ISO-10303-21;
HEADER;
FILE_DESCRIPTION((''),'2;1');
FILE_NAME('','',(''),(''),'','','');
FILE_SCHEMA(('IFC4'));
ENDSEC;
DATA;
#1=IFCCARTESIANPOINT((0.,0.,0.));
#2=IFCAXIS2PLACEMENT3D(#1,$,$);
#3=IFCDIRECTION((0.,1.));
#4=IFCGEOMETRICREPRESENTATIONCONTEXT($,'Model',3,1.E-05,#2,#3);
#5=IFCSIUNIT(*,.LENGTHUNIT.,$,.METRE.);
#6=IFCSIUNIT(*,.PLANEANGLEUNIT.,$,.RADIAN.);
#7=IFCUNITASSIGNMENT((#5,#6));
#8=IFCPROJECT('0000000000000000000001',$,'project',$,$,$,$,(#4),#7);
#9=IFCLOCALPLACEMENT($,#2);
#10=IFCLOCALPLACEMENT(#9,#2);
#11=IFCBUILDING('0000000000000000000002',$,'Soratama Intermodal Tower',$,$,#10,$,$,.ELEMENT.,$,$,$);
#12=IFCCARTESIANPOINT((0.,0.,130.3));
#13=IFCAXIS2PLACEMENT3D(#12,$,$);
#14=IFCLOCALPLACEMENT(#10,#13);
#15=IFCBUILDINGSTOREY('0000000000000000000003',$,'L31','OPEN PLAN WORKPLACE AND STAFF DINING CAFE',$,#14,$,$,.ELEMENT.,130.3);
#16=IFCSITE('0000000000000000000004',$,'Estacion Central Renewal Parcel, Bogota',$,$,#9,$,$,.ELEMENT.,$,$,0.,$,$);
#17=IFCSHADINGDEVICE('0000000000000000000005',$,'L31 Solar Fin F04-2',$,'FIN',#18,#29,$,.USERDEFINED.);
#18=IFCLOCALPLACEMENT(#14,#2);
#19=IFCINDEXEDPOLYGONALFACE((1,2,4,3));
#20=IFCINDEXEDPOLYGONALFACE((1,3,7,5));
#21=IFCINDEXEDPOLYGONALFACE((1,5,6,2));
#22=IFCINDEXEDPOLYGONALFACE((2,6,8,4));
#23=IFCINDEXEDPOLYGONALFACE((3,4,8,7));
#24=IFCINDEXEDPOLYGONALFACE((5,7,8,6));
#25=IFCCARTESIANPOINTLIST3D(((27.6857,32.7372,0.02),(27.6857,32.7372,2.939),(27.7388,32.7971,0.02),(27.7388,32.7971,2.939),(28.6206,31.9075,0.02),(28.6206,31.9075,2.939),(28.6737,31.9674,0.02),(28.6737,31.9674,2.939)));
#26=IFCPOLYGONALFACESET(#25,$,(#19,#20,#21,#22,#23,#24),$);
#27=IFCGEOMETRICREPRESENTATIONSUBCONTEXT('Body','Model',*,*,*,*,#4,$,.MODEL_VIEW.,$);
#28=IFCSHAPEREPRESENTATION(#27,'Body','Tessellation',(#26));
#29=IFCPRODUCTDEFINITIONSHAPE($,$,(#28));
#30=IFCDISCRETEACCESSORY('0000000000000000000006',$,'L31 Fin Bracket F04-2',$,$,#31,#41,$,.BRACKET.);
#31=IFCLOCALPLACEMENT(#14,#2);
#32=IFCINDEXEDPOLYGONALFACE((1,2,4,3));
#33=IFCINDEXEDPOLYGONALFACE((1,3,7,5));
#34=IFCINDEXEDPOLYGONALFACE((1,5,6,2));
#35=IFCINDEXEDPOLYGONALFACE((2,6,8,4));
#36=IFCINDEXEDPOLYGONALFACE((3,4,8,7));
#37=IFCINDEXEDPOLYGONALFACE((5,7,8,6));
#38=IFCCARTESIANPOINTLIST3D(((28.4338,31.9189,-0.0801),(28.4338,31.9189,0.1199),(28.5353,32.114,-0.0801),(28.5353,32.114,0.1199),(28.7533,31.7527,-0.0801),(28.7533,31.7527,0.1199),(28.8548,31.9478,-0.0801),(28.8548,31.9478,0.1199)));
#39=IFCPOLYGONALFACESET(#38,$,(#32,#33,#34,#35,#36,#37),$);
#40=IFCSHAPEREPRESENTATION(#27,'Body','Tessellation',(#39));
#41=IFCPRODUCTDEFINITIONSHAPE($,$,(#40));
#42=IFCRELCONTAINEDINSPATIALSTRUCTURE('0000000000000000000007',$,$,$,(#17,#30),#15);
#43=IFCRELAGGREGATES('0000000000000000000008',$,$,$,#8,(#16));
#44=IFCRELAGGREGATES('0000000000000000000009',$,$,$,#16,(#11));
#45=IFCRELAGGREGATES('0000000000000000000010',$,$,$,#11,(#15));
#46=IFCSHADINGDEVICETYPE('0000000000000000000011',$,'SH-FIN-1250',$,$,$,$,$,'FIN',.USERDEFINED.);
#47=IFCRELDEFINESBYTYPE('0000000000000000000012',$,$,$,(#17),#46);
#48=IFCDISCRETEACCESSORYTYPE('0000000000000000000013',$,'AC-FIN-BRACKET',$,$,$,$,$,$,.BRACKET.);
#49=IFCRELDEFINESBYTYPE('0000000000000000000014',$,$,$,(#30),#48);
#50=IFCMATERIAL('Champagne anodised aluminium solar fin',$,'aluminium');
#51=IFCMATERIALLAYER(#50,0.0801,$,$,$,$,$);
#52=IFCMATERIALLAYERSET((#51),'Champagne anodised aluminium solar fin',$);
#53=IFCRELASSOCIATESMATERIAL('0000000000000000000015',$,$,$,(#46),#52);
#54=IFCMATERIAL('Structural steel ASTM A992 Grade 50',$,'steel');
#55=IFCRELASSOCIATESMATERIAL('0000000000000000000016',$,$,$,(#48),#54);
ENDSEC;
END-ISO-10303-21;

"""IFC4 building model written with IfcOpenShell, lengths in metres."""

from ifc_helpers import new_model, si_unit, direction, frame, origin, origin_2d, place, context, subcontext, project, spatial, rectangle, extrude, material, layer, layer_set, type_object, element, save


model = new_model("IFC4")

# Units and contexts
model_context = context("Model", 3, precision=1e-05, world=origin(), true_north=direction((0.0, 1.0)))
body_context = subcontext(model_context, "Body", "Model", "MODEL_VIEW")
ifc_project = project(units=[si_unit("LENGTHUNIT", "METRE"), si_unit("PLANEANGLEUNIT", "RADIAN")], contexts=[model_context])

# Site, building, storey
site_placement = place(None, origin())
site = spatial("IfcSite", under=ifc_project, at=site_placement, Name="Estacion Central Renewal Parcel, Bogota", CompositionType="ELEMENT", RefElevation=0.0)
building_placement = place(site_placement, origin())
building = spatial("IfcBuilding", under=site, at=building_placement, Name="Soratama Intermodal Tower", CompositionType="ELEMENT")
storey_placement = place(building_placement, frame((0.0, 0.0, 130.3)))
storey = spatial("IfcBuildingStorey", under=building, at=storey_placement, Name="L31", Description="OPEN PLAN WORKPLACE AND STAFF DINING CAFE", CompositionType="ELEMENT", Elevation=130.3)

# Shading device
ifc_material_1 = material(Name="Champagne anodised aluminium solar fin", Category="aluminium")
ifc_layer_1 = layer(ifc_material_1, 0.0801)
ifc_layer_set_1 = layer_set([ifc_layer_1], Name="Champagne anodised aluminium solar fin")
shading_device_type = type_object("IfcShadingDeviceType", Name="SH-FIN-1250", ElementType="FIN", PredefinedType="USERDEFINED", material=ifc_layer_set_1)
shading_device_placement = place(storey_placement, frame((28.1797, 32.3523, 0.02), z_axis=(0.0, 0.0, 1.0), x_axis=(-0.747914, 0.663796, 0.0)))
element("IfcShadingDevice", 1, at=shading_device_placement, inside=storey, type_object=shading_device_type, Name="L31 Solar Fin F04-2", ObjectType="FIN", PredefinedType="USERDEFINED", context=body_context, shape_type="SweptSolid", body=[
    extrude(rectangle(XDim=1.25, YDim=0.0801, at=origin_2d()), origin(), (0.0, 0.0, 1.0), 2.9189),
])

# Discrete accessory
ifc_material_2 = material(Name="Structural steel ASTM A992 Grade 50", Category="steel")
discrete_accessory_type = type_object("IfcDiscreteAccessoryType", Name="AC-FIN-BRACKET", PredefinedType="BRACKET", material=ifc_material_2)
discrete_accessory_placement = place(storey_placement, frame((28.6443, 31.9333, -0.0801), z_axis=(0.0, 0.0, 1.0), x_axis=(-0.887172, 0.461439, 0.0)))
element("IfcDiscreteAccessory", 2, at=discrete_accessory_placement, inside=storey, type_object=discrete_accessory_type, Name="L31 Fin Bracket F04-2", PredefinedType="BRACKET", context=body_context, shape_type="SweptSolid", body=[
    extrude(rectangle(XDim=0.3601, YDim=0.22, at=origin_2d()), origin(), (0.0, 0.0, 1.0), 0.2),
])

save(model, "model.ifc")
